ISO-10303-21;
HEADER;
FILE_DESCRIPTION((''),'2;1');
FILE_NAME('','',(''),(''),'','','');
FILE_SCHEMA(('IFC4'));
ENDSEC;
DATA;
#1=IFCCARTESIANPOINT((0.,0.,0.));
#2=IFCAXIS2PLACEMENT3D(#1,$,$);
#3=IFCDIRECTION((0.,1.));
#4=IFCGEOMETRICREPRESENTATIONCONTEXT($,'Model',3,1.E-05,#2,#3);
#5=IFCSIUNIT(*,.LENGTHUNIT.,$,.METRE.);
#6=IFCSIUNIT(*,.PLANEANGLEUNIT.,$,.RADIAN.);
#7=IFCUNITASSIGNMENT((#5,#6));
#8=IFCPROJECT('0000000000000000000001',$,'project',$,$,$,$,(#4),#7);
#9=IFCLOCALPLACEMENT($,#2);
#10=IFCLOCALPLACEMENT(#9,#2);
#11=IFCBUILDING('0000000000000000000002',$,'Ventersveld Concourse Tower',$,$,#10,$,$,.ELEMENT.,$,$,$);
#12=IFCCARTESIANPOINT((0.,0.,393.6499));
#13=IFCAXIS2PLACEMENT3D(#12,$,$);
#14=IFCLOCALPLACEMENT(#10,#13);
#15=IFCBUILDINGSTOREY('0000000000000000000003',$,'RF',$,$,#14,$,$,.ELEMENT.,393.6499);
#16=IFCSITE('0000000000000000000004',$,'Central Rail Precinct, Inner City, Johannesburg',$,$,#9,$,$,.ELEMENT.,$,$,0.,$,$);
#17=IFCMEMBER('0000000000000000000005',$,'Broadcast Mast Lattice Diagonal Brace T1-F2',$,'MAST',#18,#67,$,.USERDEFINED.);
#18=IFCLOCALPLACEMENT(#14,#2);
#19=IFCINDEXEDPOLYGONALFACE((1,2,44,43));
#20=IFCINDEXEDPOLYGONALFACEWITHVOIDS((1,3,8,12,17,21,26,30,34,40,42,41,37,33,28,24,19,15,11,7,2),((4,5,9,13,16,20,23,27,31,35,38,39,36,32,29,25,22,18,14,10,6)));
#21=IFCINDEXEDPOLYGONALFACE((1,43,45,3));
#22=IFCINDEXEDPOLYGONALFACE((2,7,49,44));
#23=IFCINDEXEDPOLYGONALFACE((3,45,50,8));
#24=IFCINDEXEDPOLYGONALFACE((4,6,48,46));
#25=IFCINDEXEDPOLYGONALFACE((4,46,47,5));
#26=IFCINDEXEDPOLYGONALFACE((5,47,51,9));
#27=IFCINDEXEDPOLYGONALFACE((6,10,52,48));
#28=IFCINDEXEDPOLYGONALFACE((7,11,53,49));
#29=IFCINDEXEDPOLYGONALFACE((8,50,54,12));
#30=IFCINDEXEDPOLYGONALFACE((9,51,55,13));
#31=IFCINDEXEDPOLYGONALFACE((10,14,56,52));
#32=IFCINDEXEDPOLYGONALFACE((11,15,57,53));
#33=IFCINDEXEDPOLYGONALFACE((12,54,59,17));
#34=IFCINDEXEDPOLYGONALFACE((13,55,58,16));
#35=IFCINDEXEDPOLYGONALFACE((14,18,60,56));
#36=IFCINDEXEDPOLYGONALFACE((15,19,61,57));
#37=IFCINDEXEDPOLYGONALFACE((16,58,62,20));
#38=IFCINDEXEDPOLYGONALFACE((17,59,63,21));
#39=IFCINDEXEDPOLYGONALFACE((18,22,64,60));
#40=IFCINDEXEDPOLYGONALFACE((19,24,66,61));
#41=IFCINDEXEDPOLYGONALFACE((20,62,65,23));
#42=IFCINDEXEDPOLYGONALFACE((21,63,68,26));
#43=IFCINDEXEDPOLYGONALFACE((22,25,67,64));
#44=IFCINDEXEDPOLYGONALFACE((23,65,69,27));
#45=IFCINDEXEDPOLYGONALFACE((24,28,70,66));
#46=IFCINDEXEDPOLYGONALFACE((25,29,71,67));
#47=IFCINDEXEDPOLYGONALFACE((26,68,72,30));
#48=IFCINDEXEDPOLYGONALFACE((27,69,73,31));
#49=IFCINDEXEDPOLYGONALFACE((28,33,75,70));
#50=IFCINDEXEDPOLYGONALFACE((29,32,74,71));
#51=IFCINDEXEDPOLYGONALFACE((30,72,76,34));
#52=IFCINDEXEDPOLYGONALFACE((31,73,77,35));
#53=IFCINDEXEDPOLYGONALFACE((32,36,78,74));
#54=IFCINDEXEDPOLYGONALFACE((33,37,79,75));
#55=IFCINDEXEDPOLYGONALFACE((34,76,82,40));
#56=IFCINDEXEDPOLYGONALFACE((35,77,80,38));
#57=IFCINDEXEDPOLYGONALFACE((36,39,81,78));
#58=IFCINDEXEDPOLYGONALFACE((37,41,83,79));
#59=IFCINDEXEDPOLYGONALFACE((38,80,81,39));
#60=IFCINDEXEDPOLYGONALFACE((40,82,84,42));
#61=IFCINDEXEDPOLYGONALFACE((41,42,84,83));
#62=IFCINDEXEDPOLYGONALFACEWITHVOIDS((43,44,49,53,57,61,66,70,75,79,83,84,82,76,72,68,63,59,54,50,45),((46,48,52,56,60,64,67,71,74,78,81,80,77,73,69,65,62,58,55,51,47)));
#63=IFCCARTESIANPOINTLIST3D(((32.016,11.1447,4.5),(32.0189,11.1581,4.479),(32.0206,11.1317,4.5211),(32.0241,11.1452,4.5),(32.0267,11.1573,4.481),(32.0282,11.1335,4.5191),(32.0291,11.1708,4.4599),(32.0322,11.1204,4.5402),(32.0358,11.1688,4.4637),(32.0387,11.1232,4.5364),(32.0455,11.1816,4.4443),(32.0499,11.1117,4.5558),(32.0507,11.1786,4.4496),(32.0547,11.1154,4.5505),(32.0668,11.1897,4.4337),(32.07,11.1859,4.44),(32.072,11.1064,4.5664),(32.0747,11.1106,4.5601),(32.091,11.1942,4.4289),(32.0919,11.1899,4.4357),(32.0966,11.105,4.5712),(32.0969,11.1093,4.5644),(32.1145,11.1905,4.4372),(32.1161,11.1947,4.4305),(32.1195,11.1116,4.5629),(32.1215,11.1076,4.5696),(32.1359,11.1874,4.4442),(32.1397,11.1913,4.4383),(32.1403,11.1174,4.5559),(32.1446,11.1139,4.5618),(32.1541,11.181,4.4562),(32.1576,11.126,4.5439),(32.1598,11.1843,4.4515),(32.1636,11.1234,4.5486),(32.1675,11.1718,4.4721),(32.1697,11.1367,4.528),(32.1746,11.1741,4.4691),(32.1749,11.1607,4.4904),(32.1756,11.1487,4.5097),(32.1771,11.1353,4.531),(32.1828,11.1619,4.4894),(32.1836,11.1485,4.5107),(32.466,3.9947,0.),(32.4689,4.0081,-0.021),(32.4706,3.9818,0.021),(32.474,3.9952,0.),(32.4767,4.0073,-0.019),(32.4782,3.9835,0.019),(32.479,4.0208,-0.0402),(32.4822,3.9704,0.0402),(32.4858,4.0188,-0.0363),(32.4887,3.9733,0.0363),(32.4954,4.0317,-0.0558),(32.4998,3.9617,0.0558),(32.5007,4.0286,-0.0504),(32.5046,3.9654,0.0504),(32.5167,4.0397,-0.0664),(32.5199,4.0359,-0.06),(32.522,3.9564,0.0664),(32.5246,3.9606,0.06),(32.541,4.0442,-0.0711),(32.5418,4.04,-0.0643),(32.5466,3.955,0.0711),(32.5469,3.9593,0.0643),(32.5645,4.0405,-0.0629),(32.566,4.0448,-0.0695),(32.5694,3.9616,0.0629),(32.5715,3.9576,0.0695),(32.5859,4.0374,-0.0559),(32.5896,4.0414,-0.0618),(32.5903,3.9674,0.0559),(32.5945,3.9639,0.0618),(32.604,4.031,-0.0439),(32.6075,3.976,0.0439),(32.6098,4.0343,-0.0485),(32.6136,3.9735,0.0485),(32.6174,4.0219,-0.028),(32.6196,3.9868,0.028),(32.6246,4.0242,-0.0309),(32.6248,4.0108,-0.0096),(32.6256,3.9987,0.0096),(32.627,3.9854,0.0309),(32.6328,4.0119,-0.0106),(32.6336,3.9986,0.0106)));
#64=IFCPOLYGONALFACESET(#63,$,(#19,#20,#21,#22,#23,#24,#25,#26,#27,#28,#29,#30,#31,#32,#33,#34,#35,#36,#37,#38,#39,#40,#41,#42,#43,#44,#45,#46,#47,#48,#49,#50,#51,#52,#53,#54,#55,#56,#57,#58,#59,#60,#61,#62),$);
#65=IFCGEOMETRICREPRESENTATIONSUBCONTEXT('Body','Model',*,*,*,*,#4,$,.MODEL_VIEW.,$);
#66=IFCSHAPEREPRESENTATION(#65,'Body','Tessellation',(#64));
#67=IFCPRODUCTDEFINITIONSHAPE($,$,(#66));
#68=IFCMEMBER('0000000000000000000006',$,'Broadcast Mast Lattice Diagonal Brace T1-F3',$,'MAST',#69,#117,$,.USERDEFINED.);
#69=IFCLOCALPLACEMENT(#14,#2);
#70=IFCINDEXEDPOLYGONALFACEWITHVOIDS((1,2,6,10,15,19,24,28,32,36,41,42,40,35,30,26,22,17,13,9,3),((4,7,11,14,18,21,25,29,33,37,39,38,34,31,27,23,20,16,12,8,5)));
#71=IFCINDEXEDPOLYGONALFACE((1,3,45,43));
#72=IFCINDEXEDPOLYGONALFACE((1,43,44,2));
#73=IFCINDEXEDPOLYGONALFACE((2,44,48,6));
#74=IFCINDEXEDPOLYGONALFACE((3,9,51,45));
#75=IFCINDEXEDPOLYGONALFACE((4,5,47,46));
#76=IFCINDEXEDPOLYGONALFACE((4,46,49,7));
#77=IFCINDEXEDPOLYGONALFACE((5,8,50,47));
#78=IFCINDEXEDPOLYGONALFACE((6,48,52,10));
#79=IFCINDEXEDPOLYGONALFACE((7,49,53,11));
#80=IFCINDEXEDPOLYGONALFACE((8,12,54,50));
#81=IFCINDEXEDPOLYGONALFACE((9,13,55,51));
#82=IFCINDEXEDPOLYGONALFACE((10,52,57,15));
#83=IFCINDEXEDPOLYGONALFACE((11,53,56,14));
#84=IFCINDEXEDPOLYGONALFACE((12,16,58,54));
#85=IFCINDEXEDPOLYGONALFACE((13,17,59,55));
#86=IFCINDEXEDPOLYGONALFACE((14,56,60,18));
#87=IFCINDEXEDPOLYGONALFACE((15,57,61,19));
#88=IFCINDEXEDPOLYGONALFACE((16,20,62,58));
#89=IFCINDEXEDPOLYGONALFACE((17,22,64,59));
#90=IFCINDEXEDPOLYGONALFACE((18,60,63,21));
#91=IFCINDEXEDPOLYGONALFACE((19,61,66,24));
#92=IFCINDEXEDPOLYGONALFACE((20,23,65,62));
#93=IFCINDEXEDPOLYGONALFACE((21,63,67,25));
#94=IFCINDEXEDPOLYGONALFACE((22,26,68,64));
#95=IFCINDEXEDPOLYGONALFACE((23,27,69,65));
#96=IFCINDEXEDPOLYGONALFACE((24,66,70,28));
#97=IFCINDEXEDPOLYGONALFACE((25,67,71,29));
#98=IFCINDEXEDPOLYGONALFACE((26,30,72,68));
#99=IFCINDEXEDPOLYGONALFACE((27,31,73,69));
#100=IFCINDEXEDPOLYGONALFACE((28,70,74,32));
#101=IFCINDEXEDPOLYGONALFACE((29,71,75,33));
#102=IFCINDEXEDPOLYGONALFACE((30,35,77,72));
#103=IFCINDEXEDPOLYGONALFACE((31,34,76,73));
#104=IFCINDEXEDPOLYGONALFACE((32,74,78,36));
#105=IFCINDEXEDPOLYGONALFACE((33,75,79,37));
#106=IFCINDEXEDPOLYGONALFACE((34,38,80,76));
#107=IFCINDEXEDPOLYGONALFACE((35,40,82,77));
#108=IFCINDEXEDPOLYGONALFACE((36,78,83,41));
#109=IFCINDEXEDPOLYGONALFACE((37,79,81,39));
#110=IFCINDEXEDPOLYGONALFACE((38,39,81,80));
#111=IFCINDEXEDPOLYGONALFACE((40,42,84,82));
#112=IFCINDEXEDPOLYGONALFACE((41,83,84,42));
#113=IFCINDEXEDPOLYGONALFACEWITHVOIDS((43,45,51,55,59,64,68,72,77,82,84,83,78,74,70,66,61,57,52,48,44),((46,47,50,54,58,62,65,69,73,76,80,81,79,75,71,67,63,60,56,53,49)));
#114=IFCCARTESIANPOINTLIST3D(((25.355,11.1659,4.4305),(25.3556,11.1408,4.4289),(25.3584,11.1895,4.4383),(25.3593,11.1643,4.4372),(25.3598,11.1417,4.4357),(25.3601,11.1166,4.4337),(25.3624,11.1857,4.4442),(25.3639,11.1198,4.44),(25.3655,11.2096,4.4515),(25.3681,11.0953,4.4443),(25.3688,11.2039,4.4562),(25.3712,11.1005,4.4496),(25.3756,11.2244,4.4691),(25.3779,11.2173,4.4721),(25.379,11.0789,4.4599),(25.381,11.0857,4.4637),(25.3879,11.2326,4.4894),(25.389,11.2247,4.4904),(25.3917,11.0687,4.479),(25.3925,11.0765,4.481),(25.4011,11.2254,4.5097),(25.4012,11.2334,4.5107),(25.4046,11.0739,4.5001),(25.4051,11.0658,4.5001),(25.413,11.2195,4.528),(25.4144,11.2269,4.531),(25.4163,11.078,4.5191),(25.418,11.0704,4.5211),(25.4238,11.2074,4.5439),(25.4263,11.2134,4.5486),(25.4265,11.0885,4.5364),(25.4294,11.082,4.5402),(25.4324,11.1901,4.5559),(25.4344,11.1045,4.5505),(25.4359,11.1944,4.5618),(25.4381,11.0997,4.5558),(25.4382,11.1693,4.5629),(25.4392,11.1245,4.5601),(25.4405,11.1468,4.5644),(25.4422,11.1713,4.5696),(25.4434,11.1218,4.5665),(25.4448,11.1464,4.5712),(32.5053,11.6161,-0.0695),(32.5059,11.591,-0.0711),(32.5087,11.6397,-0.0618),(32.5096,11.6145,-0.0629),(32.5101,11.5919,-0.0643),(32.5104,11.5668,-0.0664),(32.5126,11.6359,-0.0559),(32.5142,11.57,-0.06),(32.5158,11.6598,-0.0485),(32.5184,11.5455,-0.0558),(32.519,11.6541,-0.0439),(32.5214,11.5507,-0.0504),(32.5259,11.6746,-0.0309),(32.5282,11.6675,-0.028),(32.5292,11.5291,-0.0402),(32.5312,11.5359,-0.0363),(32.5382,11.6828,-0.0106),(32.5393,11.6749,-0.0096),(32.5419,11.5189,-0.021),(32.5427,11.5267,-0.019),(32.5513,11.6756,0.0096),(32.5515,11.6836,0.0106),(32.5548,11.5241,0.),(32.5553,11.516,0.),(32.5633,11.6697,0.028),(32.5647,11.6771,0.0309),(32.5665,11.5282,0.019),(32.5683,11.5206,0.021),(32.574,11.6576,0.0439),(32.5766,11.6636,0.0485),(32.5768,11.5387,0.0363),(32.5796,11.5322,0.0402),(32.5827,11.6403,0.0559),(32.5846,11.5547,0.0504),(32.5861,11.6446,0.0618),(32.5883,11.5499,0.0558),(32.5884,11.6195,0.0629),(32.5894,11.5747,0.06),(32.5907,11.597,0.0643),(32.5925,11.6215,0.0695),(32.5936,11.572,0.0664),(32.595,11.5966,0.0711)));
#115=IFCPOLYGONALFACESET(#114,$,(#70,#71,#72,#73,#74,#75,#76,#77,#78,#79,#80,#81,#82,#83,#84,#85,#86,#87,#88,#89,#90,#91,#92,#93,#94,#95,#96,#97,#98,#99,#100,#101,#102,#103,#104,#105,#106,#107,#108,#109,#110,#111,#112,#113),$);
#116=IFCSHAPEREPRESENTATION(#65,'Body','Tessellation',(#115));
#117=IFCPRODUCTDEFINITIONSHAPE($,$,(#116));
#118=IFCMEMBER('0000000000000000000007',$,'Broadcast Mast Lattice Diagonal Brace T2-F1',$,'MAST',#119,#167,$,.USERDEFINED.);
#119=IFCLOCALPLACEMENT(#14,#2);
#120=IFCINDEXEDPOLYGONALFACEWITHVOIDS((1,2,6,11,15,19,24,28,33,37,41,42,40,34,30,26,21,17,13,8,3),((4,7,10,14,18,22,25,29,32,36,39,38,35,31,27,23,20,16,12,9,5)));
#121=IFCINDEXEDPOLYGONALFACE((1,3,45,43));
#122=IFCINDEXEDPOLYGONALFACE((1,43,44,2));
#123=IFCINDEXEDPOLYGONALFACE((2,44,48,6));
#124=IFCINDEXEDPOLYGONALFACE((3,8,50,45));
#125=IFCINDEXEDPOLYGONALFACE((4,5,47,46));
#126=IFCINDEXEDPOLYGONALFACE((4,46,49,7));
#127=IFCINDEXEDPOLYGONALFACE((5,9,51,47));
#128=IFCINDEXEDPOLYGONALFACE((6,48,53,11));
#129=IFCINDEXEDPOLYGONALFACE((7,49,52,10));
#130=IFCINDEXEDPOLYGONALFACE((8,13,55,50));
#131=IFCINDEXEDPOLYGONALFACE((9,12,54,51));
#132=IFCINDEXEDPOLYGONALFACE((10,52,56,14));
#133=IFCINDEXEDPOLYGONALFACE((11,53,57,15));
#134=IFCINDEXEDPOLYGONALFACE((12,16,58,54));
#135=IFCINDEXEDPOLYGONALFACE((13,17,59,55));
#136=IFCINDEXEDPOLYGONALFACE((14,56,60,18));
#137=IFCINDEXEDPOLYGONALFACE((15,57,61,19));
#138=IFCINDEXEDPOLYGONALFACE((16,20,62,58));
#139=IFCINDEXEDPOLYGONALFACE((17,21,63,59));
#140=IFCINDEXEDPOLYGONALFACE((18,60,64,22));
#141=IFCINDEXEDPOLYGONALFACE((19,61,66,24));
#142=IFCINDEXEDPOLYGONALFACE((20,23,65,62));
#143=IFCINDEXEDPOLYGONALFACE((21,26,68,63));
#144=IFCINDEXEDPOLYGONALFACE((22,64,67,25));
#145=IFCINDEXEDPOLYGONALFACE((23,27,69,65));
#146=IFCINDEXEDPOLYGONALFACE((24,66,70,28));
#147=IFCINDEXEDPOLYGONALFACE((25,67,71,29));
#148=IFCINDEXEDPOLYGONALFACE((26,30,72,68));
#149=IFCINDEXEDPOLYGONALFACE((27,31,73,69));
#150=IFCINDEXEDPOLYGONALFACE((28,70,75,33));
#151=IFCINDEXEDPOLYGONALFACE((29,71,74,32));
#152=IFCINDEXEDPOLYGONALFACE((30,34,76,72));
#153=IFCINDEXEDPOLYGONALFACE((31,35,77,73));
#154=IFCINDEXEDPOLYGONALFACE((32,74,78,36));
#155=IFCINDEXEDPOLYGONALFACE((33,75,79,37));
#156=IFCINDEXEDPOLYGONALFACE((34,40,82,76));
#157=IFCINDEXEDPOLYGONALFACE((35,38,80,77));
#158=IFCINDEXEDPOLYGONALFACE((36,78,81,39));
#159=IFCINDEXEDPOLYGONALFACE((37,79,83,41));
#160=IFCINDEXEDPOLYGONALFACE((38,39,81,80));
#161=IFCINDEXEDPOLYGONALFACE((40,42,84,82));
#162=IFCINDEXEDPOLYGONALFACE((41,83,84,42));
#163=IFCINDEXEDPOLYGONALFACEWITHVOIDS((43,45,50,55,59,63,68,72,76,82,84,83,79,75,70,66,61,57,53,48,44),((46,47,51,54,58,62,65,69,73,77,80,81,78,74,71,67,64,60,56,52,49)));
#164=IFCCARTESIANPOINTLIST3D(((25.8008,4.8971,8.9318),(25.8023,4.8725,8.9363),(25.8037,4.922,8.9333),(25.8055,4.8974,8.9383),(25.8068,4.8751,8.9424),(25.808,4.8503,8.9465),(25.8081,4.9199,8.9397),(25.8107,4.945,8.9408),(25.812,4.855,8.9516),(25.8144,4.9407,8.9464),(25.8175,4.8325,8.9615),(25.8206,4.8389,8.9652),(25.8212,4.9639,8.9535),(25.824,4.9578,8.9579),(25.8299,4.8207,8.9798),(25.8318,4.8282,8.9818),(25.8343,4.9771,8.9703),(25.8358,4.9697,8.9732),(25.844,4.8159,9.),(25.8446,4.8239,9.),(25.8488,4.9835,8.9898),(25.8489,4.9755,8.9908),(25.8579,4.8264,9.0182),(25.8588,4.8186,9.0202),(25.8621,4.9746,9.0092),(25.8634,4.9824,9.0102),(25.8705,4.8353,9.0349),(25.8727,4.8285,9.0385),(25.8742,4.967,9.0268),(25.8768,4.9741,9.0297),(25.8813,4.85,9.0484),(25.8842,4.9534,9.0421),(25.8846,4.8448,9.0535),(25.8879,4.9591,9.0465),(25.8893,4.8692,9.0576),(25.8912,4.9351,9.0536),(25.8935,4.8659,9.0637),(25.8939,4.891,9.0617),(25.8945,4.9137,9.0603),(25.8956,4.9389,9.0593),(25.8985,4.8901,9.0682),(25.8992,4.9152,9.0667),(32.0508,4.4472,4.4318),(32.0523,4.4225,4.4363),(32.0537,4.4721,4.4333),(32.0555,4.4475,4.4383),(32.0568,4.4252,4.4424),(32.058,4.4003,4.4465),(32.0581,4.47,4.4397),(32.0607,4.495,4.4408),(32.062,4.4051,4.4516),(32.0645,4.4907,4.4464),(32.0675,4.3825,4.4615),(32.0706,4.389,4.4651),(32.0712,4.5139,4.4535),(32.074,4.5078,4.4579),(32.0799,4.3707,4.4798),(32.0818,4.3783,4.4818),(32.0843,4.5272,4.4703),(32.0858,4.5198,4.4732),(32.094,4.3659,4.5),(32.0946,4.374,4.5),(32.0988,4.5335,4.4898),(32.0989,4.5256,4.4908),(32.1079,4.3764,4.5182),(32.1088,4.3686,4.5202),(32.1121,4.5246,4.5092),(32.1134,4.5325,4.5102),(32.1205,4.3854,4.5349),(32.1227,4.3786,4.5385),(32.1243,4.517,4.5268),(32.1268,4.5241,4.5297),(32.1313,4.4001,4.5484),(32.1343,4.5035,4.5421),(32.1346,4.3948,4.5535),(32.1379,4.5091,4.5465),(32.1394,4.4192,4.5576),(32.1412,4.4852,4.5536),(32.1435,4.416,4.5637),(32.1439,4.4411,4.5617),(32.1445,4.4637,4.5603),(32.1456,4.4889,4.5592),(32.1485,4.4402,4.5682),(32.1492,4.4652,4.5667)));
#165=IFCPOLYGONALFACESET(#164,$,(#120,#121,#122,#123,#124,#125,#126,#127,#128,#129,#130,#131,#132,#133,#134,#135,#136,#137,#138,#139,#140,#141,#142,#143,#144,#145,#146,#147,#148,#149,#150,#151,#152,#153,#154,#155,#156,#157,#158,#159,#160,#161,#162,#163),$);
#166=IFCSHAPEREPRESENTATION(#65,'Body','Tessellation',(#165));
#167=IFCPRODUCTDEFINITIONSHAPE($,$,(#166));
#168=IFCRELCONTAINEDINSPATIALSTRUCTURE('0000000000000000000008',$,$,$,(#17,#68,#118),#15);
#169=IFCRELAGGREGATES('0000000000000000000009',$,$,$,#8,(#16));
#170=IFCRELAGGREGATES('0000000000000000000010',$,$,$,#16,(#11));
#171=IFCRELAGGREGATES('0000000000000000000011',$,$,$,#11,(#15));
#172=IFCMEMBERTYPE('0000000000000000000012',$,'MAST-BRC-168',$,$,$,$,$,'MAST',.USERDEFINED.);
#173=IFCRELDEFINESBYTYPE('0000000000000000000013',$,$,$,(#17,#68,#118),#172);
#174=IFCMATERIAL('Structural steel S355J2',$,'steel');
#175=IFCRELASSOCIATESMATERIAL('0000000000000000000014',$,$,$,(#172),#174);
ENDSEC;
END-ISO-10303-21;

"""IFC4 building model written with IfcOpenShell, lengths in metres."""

from ifc_helpers import new_model, si_unit, direction, frame, origin, origin_2d, place, context, subcontext, project, spatial, hollow_circle, extrude, material, material_profile, profile_set, type_object, element, save


model = new_model("IFC4")

# Units and contexts
model_context = context("Model", 3, precision=1e-05, world=origin(), true_north=direction((0.0, 1.0)))
body_context = subcontext(model_context, "Body", "Model", "MODEL_VIEW")
ifc_project = project(units=[si_unit("LENGTHUNIT", "METRE"), si_unit("PLANEANGLEUNIT", "RADIAN")], contexts=[model_context])

# Site, building, storey
site_placement = place(None, origin())
site = spatial("IfcSite", under=ifc_project, at=site_placement, Name="Central Rail Precinct, Inner City, Johannesburg", CompositionType="ELEMENT", RefElevation=0.0)
building_placement = place(site_placement, origin())
building = spatial("IfcBuilding", under=site, at=building_placement, Name="Ventersveld Concourse Tower", CompositionType="ELEMENT")
storey_placement = place(building_placement, frame((0.0, 0.0, 393.6499)))
storey = spatial("IfcBuildingStorey", under=building, at=storey_placement, Name="RF", CompositionType="ELEMENT", Elevation=393.6499)

# Members
ifc_material_1 = material(Name="Structural steel S355J2", Category="steel")
ifc_material_profile_1 = material_profile(ifc_material_1, hollow_circle(Radius=0.0842, WallThickness=0.0081, at=origin_2d()), Name="CHS 168.3x8")
ifc_profile_set_1 = profile_set([ifc_material_profile_1], Name="Structural steel S355J2")
member_type_1 = type_object("IfcMemberType", Name="MAST-BRC-168", ElementType="MAST", PredefinedType="USERDEFINED", material=ifc_profile_set_1)
member_1_placement = place(storey_placement, frame((32.55, 4.0, 0.0), z_axis=(-0.053185, 0.845131, 0.531908), x_axis=(-0.998026, -0.062807, 0.0)))
element("IfcMember", 1, at=member_1_placement, inside=storey, type_object=member_type_1, Name="Broadcast Mast Lattice Diagonal Brace T1-F2", ObjectType="MAST", PredefinedType="USERDEFINED", context=body_context, shape_type="SweptSolid", body=[
    extrude(hollow_circle(Radius=0.0842, WallThickness=0.0081, at=origin_2d()), origin(), (0.0, 0.0, 1.0), 8.4602),
])
member_2_placement = place(storey_placement, frame((32.55, 11.6001, 0.0), z_axis=(-0.845138, -0.053212, 0.531894), x_axis=(0.062839, -0.998024, 0.0)))
element("IfcMember", 2, at=member_2_placement, inside=storey, type_object=member_type_1, Name="Broadcast Mast Lattice Diagonal Brace T1-F3", ObjectType="MAST", PredefinedType="USERDEFINED", context=body_context, shape_type="SweptSolid", body=[
    extrude(hollow_circle(Radius=0.0842, WallThickness=0.0081, at=origin_2d()), origin(), (0.0, 0.0, 1.0), 8.4604),
])
for number, where, z_axis, x_axis, name in (
    (3, (32.1001, 4.45, 4.5), (-0.810153, 0.058325, 0.58331), (-0.071806, -0.997419, 0.0), "Broadcast Mast Lattice Diagonal Brace T2-F1"),
):
    element("IfcMember", number, at=place(storey_placement, frame(where, z_axis=z_axis, x_axis=x_axis)), inside=storey, type_object=member_type_1, Name=name, ObjectType="MAST", PredefinedType="USERDEFINED", context=body_context, shape_type="SweptSolid", body=[
        extrude(hollow_circle(Radius=0.0842, WallThickness=0.0081, at=origin_2d()), origin(), (0.0, 0.0, 1.0), 7.7146),
    ])

save(model, "model.ifc")
